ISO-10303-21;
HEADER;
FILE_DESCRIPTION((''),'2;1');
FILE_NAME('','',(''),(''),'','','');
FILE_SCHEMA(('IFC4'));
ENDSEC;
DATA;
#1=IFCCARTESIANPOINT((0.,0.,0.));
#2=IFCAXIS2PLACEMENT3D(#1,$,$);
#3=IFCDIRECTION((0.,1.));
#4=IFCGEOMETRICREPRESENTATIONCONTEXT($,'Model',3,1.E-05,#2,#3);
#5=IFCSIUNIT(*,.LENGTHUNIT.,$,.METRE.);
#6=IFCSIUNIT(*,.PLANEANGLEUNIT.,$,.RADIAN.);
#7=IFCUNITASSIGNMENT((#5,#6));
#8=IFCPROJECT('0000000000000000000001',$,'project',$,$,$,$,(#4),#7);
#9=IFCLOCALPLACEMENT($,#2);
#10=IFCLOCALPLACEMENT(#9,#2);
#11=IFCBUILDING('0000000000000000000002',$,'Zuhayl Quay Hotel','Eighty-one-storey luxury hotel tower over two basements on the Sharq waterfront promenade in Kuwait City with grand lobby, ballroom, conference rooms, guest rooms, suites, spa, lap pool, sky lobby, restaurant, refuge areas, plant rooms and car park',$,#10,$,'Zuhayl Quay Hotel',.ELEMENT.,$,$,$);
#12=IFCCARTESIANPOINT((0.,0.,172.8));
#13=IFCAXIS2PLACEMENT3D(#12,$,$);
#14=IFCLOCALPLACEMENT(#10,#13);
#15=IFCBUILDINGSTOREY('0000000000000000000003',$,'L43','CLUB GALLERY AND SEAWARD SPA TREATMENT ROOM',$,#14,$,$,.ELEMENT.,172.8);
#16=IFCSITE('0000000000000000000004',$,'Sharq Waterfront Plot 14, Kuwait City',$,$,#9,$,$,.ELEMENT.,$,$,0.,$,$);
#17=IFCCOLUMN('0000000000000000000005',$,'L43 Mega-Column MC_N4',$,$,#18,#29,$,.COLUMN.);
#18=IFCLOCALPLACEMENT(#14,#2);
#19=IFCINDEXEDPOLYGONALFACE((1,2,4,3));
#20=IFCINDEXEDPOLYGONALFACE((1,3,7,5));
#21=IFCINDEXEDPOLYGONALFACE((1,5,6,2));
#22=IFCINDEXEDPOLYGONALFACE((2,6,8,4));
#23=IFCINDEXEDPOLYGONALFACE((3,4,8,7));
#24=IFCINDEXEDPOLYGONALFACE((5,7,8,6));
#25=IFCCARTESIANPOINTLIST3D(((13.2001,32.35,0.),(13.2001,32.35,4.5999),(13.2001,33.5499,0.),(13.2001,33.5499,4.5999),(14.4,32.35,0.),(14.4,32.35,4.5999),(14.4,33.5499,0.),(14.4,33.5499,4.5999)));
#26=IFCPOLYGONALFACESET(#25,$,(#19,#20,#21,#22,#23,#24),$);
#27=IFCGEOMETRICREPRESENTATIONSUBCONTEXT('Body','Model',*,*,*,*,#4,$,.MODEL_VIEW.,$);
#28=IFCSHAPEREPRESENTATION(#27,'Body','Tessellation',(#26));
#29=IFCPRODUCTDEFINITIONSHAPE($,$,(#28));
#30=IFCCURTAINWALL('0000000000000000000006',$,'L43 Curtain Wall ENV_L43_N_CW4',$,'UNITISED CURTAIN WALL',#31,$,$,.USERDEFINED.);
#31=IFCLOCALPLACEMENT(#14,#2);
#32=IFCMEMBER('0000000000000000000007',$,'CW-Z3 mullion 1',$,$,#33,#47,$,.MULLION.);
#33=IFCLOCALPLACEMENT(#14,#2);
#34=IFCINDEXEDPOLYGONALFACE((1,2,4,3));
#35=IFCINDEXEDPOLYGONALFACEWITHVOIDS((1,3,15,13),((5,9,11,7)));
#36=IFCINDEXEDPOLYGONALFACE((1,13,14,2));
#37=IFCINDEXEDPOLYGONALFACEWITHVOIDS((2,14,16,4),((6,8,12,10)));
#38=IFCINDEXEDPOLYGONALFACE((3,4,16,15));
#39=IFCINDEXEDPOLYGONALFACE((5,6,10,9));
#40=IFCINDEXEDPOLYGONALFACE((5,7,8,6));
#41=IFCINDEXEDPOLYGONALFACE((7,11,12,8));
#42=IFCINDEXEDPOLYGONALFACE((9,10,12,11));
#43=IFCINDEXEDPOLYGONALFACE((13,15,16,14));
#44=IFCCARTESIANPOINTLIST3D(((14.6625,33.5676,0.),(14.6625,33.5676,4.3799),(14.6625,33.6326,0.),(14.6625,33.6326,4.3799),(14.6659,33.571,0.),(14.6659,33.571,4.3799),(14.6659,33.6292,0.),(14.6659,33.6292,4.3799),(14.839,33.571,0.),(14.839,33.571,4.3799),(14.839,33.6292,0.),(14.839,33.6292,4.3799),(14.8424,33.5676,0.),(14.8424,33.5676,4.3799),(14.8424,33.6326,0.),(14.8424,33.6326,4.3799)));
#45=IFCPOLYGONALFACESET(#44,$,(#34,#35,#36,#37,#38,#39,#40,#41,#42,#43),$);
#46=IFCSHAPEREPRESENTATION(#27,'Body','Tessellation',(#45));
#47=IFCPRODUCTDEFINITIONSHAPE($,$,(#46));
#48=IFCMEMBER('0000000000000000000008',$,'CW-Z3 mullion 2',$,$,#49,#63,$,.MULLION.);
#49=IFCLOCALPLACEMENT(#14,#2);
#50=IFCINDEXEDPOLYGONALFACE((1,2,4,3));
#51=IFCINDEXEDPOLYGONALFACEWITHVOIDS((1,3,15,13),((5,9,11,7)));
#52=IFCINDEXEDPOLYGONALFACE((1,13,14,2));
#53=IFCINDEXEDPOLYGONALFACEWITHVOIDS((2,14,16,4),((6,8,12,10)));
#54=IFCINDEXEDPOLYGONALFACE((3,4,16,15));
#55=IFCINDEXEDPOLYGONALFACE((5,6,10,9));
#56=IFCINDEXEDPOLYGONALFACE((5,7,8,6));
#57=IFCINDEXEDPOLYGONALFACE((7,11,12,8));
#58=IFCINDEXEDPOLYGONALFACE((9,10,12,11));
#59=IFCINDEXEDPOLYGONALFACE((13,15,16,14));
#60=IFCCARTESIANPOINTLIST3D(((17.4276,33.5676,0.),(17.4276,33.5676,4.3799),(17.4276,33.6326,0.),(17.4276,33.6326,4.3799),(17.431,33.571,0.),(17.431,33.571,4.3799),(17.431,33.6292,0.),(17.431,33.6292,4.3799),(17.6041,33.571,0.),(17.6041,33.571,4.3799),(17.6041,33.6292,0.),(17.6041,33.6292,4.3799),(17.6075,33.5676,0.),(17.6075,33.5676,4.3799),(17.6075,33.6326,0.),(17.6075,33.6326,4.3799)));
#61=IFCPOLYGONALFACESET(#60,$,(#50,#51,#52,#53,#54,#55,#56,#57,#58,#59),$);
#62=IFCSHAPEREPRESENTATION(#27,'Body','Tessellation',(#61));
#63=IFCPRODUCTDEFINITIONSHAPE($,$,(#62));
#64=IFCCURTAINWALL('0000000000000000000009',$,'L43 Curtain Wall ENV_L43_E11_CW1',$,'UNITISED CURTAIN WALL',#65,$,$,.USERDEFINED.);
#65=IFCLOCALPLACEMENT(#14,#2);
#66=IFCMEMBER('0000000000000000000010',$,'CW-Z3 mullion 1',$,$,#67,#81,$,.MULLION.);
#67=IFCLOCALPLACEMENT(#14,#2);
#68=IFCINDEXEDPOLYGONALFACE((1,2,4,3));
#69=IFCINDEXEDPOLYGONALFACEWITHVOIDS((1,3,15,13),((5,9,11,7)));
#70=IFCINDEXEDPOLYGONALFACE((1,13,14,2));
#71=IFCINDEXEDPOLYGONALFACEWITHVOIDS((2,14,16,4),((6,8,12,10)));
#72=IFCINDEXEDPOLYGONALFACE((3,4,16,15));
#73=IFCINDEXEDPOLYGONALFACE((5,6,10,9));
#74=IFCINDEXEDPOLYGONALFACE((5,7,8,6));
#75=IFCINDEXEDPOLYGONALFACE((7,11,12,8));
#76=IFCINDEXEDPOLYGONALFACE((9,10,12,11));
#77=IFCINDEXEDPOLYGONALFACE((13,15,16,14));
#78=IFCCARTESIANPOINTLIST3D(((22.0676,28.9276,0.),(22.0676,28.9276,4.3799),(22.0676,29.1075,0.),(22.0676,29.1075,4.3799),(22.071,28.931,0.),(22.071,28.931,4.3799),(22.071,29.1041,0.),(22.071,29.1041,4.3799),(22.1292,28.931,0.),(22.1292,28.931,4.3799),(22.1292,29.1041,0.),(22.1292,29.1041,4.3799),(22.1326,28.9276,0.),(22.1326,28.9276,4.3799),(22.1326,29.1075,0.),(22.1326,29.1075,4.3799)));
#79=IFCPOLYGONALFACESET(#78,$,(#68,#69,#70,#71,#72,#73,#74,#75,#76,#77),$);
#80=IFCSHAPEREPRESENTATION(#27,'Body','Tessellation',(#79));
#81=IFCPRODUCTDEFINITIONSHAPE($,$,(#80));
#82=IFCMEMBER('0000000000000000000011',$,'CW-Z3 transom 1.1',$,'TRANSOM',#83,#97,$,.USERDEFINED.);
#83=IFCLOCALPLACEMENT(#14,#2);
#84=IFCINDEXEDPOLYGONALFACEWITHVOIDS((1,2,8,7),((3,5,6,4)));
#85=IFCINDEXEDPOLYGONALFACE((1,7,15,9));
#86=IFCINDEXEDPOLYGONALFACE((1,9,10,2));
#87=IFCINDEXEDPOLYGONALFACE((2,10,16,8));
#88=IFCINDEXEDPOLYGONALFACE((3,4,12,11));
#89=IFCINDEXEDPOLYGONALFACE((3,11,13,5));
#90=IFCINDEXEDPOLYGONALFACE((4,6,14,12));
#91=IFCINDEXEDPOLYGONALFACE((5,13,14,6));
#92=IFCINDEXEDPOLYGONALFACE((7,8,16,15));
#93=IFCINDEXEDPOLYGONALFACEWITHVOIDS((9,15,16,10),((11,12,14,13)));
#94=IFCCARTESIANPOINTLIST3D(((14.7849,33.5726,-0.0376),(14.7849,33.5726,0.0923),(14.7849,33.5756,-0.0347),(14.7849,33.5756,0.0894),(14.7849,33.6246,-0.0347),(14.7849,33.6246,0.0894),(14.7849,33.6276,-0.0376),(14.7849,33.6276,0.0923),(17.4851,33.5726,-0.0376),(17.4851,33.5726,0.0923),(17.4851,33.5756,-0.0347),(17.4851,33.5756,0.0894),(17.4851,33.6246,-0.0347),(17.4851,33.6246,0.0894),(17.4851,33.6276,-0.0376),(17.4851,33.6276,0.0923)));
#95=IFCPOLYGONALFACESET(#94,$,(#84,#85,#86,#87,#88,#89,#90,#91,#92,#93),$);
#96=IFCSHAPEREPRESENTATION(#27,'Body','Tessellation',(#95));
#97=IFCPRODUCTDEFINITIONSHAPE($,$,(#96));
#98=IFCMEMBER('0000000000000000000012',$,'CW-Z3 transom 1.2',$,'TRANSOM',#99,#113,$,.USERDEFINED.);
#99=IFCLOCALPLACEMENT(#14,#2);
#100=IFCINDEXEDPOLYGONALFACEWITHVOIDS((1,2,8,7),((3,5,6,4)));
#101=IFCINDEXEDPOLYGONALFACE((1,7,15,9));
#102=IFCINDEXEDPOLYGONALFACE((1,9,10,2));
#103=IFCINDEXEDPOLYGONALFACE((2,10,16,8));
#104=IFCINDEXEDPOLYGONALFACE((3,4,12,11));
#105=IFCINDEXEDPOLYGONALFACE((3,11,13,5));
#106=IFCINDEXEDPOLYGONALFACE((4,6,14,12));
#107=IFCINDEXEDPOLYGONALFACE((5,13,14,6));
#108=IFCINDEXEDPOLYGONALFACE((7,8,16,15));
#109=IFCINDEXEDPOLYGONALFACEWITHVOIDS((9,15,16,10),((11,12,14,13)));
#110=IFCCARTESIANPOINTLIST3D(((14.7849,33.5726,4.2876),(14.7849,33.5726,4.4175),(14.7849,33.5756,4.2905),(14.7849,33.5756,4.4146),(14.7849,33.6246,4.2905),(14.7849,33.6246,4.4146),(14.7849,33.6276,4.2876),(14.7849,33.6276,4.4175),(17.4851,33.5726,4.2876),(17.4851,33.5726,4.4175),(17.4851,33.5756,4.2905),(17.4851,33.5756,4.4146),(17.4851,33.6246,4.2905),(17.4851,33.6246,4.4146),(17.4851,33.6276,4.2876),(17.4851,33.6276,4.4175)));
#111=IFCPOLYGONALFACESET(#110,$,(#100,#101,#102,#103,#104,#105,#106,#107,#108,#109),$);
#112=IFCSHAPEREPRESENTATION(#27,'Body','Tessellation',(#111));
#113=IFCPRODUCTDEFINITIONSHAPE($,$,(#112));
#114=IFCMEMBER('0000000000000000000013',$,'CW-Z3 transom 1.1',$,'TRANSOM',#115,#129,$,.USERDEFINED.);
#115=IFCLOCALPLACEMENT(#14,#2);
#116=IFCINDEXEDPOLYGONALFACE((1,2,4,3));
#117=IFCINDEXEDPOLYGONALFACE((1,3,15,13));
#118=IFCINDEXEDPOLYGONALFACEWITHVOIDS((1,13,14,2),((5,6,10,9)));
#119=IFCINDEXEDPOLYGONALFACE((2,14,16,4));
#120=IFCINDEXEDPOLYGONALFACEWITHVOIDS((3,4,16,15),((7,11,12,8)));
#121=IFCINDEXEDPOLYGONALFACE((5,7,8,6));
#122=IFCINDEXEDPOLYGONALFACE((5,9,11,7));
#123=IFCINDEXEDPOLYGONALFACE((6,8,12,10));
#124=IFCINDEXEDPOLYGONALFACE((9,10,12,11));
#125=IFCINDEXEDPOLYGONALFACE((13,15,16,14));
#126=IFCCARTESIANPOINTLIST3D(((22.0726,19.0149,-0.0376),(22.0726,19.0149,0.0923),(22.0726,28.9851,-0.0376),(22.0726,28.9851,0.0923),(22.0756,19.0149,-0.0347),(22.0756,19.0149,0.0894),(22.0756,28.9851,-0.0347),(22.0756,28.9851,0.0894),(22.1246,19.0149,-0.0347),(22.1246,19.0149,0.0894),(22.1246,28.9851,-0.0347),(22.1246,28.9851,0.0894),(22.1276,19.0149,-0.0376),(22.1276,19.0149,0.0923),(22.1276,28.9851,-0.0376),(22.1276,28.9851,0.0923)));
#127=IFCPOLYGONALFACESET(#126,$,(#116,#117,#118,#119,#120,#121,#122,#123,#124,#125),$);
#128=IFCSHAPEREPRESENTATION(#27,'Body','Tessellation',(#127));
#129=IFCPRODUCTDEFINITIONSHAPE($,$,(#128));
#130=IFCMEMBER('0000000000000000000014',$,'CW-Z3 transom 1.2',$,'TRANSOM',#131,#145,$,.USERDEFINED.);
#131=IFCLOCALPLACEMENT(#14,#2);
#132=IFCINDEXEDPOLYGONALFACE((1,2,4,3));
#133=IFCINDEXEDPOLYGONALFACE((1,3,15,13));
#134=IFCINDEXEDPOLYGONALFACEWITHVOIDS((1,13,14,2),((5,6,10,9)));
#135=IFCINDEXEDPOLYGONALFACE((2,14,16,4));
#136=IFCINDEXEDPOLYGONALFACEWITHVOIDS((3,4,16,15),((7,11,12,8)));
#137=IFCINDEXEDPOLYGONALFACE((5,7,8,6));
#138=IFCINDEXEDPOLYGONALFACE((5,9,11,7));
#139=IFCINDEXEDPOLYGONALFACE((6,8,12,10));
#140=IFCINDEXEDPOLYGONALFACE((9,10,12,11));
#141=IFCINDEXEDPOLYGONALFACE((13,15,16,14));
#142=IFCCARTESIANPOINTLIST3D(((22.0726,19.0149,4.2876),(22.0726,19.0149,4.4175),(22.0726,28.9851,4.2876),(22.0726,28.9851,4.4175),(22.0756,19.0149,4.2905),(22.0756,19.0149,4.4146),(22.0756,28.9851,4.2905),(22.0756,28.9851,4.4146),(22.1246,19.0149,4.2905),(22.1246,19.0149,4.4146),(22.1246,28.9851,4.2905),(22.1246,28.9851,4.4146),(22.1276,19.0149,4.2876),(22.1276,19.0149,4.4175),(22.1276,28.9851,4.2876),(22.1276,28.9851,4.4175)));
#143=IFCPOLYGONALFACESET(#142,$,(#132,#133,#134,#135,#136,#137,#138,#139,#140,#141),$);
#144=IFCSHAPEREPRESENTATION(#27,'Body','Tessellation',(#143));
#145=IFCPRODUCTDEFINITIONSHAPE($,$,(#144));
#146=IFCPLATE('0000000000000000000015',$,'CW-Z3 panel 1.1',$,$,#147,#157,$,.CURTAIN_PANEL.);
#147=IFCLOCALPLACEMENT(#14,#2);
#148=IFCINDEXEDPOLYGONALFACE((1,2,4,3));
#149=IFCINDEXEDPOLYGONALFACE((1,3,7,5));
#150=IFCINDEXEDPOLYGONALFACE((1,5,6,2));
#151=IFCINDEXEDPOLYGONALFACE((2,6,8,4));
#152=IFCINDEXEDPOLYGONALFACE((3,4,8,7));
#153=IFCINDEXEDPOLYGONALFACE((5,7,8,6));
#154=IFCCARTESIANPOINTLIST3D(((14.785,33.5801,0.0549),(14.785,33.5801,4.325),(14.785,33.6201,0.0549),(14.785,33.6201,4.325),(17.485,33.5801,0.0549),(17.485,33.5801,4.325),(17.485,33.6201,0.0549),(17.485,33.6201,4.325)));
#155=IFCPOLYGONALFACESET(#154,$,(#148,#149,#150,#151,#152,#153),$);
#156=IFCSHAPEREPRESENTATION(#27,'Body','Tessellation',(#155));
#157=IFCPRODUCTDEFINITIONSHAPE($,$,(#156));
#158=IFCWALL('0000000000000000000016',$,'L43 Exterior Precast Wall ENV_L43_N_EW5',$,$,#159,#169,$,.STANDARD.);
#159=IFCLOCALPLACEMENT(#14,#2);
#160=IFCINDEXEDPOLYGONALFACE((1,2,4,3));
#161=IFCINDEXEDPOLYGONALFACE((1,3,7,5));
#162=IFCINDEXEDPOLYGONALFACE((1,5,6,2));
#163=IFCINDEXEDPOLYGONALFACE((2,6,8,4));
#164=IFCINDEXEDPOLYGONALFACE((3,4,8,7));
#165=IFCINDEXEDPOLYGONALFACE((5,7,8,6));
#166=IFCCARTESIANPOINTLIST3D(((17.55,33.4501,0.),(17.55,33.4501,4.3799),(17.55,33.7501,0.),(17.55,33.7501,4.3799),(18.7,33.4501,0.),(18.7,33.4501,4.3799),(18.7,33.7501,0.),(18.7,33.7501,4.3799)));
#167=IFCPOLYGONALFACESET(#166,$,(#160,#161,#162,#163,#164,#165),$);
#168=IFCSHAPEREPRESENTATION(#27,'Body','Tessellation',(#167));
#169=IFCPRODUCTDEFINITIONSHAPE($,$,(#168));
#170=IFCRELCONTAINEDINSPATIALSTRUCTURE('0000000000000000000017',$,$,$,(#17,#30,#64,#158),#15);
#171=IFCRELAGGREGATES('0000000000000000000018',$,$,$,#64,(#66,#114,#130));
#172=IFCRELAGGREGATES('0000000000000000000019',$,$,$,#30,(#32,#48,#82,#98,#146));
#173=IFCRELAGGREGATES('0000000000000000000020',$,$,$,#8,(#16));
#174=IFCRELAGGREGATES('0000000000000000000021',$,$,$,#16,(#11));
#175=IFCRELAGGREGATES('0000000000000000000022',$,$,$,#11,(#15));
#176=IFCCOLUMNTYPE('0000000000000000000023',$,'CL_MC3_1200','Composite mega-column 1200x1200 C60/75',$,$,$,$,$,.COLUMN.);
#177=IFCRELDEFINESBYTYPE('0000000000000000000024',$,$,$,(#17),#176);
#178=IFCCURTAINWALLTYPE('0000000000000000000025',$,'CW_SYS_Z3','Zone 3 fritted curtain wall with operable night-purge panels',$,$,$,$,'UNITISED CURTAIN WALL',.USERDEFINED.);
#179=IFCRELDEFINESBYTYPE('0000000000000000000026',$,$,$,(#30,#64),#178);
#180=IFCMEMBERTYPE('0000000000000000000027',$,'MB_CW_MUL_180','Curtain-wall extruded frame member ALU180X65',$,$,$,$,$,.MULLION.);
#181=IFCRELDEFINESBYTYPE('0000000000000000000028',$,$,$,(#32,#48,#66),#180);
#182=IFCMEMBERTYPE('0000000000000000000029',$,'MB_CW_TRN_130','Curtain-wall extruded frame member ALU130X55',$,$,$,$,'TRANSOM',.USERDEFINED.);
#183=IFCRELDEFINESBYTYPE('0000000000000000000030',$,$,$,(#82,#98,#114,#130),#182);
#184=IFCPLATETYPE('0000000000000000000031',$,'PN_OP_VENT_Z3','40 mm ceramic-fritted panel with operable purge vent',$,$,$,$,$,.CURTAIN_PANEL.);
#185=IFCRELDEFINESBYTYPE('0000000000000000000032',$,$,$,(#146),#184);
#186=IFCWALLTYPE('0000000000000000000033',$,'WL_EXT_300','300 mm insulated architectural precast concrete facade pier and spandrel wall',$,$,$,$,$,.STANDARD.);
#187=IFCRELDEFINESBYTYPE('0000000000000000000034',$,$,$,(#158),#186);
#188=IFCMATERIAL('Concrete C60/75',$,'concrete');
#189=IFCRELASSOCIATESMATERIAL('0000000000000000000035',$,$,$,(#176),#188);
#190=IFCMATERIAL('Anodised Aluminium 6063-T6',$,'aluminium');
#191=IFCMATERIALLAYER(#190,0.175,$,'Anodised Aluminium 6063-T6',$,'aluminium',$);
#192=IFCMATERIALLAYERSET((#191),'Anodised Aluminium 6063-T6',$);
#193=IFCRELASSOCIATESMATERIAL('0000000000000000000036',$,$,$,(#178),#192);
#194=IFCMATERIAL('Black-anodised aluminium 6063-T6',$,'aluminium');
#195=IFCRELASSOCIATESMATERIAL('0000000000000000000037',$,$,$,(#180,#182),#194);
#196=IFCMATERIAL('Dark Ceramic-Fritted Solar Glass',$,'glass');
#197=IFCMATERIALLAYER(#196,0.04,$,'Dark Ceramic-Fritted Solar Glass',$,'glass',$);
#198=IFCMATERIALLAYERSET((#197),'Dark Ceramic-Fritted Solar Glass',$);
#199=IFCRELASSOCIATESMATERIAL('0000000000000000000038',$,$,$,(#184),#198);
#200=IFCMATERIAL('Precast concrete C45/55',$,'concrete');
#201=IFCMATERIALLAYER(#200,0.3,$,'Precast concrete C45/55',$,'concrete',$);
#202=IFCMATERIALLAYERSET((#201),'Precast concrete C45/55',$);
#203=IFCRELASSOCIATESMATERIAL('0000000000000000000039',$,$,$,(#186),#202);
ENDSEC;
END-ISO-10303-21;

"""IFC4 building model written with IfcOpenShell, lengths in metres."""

from ifc_helpers import new_model, si_unit, direction, frame, frame_2d, origin, origin_2d, place, context, subcontext, project, spatial, rectangle, hollow_rectangle, extrude, material, layer, layer_set, material_profile, profile_set, type_object, element, aggregate, save


model = new_model("IFC4")

# Units and contexts
model_context = context("Model", 3, precision=1e-05, world=origin(), true_north=direction((0.0, 1.0)))
body_context = subcontext(model_context, "Body", "Model", "MODEL_VIEW")
ifc_project = project(units=[si_unit("LENGTHUNIT", "METRE"), si_unit("PLANEANGLEUNIT", "RADIAN")], contexts=[model_context])

# Site, building, storey
site_placement = place(None, origin())
site = spatial("IfcSite", under=ifc_project, at=site_placement, Name="Sharq Waterfront Plot 14, Kuwait City", CompositionType="ELEMENT", RefElevation=0.0)
building_placement = place(site_placement, origin())
building = spatial("IfcBuilding", under=site, at=building_placement, Name="Zuhayl Quay Hotel", Description="Eighty-one-storey luxury hotel tower over two basements on the Sharq waterfront promenade in Kuwait City with grand lobby, ballroom, conference rooms, guest rooms, suites, spa, lap pool, sky lobby, restaurant, refuge areas, plant rooms and car park", LongName="Zuhayl Quay Hotel", CompositionType="ELEMENT")
storey_placement = place(building_placement, frame((0.0, 0.0, 172.8)))
storey = spatial("IfcBuildingStorey", under=building, at=storey_placement, Name="L43", Description="CLUB GALLERY AND SEAWARD SPA TREATMENT ROOM", CompositionType="ELEMENT", Elevation=172.8)

# Column
ifc_material_1 = material(Name="Concrete C60/75", Category="concrete")
ifc_material_profile_1 = material_profile(ifc_material_1, rectangle(XDim=1.2, YDim=1.2, at=origin_2d()), Name="RC1200X1200")
ifc_profile_set_1 = profile_set([ifc_material_profile_1], Name="Concrete C60/75")
column_type = type_object("IfcColumnType", Name="CL_MC3_1200", Description="Composite mega-column 1200x1200 C60/75", PredefinedType="COLUMN", material=ifc_profile_set_1)
column_placement = place(storey_placement, frame((13.8, 32.95, 0.0), z_axis=(0.0, 0.0, 1.0), x_axis=(1.0, 0.0, 0.0)))
element("IfcColumn", 1, at=column_placement, inside=storey, type_object=column_type, Name="L43 Mega-Column MC_N4", PredefinedType="COLUMN", context=body_context, shape_type="SweptSolid", body=[
    extrude(rectangle(XDim=1.2, YDim=1.2, at=origin_2d()), origin(), (0.0, 0.0, 1.0), 4.5999),
])

# Curtain wall, members
ifc_material_2 = material(Name="Anodised Aluminium 6063-T6", Category="aluminium")
ifc_layer_1 = layer(ifc_material_2, 0.175, Name="Anodised Aluminium 6063-T6", Category="aluminium")
ifc_layer_set_1 = layer_set([ifc_layer_1], Name="Anodised Aluminium 6063-T6")
curtain_wall_type = type_object("IfcCurtainWallType", Name="CW_SYS_Z3", Description="Zone 3 fritted curtain wall with operable night-purge panels", ElementType="UNITISED CURTAIN WALL", PredefinedType="USERDEFINED", material=ifc_layer_set_1)
curtain_wall_1_placement = place(storey_placement, origin())
curtain_wall_1 = element("IfcCurtainWall", 2, at=curtain_wall_1_placement, inside=storey, type_object=curtain_wall_type, Name="L43 Curtain Wall ENV_L43_N_CW4", ObjectType="UNITISED CURTAIN WALL", PredefinedType="USERDEFINED")
ifc_material_3 = material(Name="Black-anodised aluminium 6063-T6", Category="aluminium")
ifc_material_profile_2 = material_profile(ifc_material_3, hollow_rectangle(XDim=0.0649, YDim=0.1799, WallThickness=0.0034, at=origin_2d()), Name="ALU180X65")
ifc_profile_set_2 = profile_set([ifc_material_profile_2], Name="Black-anodised aluminium 6063-T6")
member_type_1 = type_object("IfcMemberType", Name="MB_CW_MUL_180", Description="Curtain-wall extruded frame member ALU180X65", PredefinedType="MULLION", material=ifc_profile_set_2)
member_1_placement = place(storey_placement, frame((14.7524, 33.6001, 0.0), z_axis=(0.0, 0.0, 1.0), x_axis=(0.0, 1.0, 0.0)))
member_1 = element("IfcMember", 3, at=member_1_placement, type_object=member_type_1, Name="CW-Z3 mullion 1", PredefinedType="MULLION", context=body_context, shape_type="SweptSolid", body=[
    extrude(hollow_rectangle(XDim=0.0649, YDim=0.1799, WallThickness=0.0034, at=origin_2d()), origin(), (0.0, 0.0, 1.0), 4.3799),
])
member_2_placement = place(storey_placement, frame((17.5176, 33.6001, 0.0), z_axis=(0.0, 0.0, 1.0), x_axis=(0.0, 1.0, 0.0)))
member_2 = element("IfcMember", 4, at=member_2_placement, type_object=member_type_1, Name="CW-Z3 mullion 2", PredefinedType="MULLION", context=body_context, shape_type="SweptSolid", body=[
    extrude(hollow_rectangle(XDim=0.0649, YDim=0.1799, WallThickness=0.0034, at=origin_2d()), origin(), (0.0, 0.0, 1.0), 4.3799),
])

# Curtain wall, member
curtain_wall_2_placement = place(storey_placement, origin())
curtain_wall_2 = element("IfcCurtainWall", 5, at=curtain_wall_2_placement, inside=storey, type_object=curtain_wall_type, Name="L43 Curtain Wall ENV_L43_E11_CW1", ObjectType="UNITISED CURTAIN WALL", PredefinedType="USERDEFINED")
member_3_placement = place(storey_placement, frame((22.1001, 29.0176, 0.0), z_axis=(0.0, 0.0, 1.0), x_axis=(1.0, 0.0, 0.0)))
member_3 = element("IfcMember", 6, at=member_3_placement, type_object=member_type_1, Name="CW-Z3 mullion 1", PredefinedType="MULLION", context=body_context, shape_type="SweptSolid", body=[
    extrude(hollow_rectangle(XDim=0.0649, YDim=0.1799, WallThickness=0.0034, at=origin_2d()), origin(), (0.0, 0.0, 1.0), 4.3799),
])

# Members
ifc_material_profile_3 = material_profile(ifc_material_3, hollow_rectangle(XDim=0.0549, YDim=0.1299, WallThickness=0.0029, at=origin_2d()), Name="ALU130X55")
ifc_profile_set_3 = profile_set([ifc_material_profile_3], Name="Black-anodised aluminium 6063-T6")
member_type_2 = type_object("IfcMemberType", Name="MB_CW_TRN_130", Description="Curtain-wall extruded frame member ALU130X55", ElementType="TRANSOM", PredefinedType="USERDEFINED", material=ifc_profile_set_3)
member_4_placement = place(storey_placement, frame((14.7849, 33.6001, 0.0273), z_axis=(1.0, 0.0, 0.0), x_axis=(0.0, 1.0, 0.0)))
member_4 = element("IfcMember", 7, at=member_4_placement, type_object=member_type_2, Name="CW-Z3 transom 1.1", ObjectType="TRANSOM", PredefinedType="USERDEFINED", context=body_context, shape_type="SweptSolid", body=[
    extrude(hollow_rectangle(XDim=0.0549, YDim=0.1299, WallThickness=0.0029, at=origin_2d()), origin(), (0.0, 0.0, 1.0), 2.7002),
])
member_5_placement = place(storey_placement, frame((14.7849, 33.6001, 4.3525), z_axis=(1.0, 0.0, 0.0), x_axis=(0.0, 1.0, 0.0)))
member_5 = element("IfcMember", 8, at=member_5_placement, type_object=member_type_2, Name="CW-Z3 transom 1.2", ObjectType="TRANSOM", PredefinedType="USERDEFINED", context=body_context, shape_type="SweptSolid", body=[
    extrude(hollow_rectangle(XDim=0.0549, YDim=0.1299, WallThickness=0.0029, at=origin_2d()), origin(), (0.0, 0.0, 1.0), 2.7002),
])
member_6_placement = place(storey_placement, frame((22.1001, 28.9851, 0.0273), z_axis=(0.0, -1.0, 0.0), x_axis=(1.0, 0.0, 0.0)))
member_6 = element("IfcMember", 9, at=member_6_placement, type_object=member_type_2, Name="CW-Z3 transom 1.1", ObjectType="TRANSOM", PredefinedType="USERDEFINED", context=body_context, shape_type="SweptSolid", body=[
    extrude(hollow_rectangle(XDim=0.0549, YDim=0.1299, WallThickness=0.0029, at=origin_2d()), origin(), (0.0, 0.0, 1.0), 9.9702),
])
member_7_placement = place(storey_placement, frame((22.1001, 28.9851, 4.3525), z_axis=(0.0, -1.0, 0.0), x_axis=(1.0, 0.0, 0.0)))
member_7 = element("IfcMember", 10, at=member_7_placement, type_object=member_type_2, Name="CW-Z3 transom 1.2", ObjectType="TRANSOM", PredefinedType="USERDEFINED", context=body_context, shape_type="SweptSolid", body=[
    extrude(hollow_rectangle(XDim=0.0549, YDim=0.1299, WallThickness=0.0029, at=origin_2d()), origin(), (0.0, 0.0, 1.0), 9.9702),
])
aggregate(curtain_wall_2, [member_3, member_6, member_7])

# Plate
ifc_material_4 = material(Name="Dark Ceramic-Fritted Solar Glass", Category="glass")
ifc_layer_2 = layer(ifc_material_4, 0.04, Name="Dark Ceramic-Fritted Solar Glass", Category="glass")
ifc_layer_set_2 = layer_set([ifc_layer_2], Name="Dark Ceramic-Fritted Solar Glass")
plate_type = type_object("IfcPlateType", Name="PN_OP_VENT_Z3", Description="40 mm ceramic-fritted panel with operable purge vent", PredefinedType="CURTAIN_PANEL", material=ifc_layer_set_2)
plate_placement = place(storey_placement, frame((16.135, 33.6001, 0.0549), z_axis=(0.0, 0.0, 1.0), x_axis=(1.0, 0.0, 0.0)))
plate = element("IfcPlate", 11, at=plate_placement, type_object=plate_type, Name="CW-Z3 panel 1.1", PredefinedType="CURTAIN_PANEL", context=body_context, shape_type="SweptSolid", body=[
    extrude(rectangle(XDim=2.7, YDim=0.04, at=origin_2d()), origin(), (0.0, 0.0, 1.0), 4.27),
])
aggregate(curtain_wall_1, [member_1, member_2, member_4, member_5, plate])

# Wall
ifc_material_5 = material(Name="Precast concrete C45/55", Category="concrete")
ifc_layer_3 = layer(ifc_material_5, 0.3, Name="Precast concrete C45/55", Category="concrete")
ifc_layer_set_3 = layer_set([ifc_layer_3], Name="Precast concrete C45/55")
wall_type_1 = type_object("IfcWallType", Name="WL_EXT_300", Description="300 mm insulated architectural precast concrete facade pier and spandrel wall", PredefinedType="STANDARD", material=ifc_layer_set_3)
wall_1_placement = place(storey_placement, frame((17.55, 33.6001, 0.0), z_axis=(0.0, 0.0, 1.0), x_axis=(1.0, 0.0, 0.0)))
element("IfcWall", 12, at=wall_1_placement, inside=storey, type_object=wall_type_1, Name="L43 Exterior Precast Wall ENV_L43_N_EW5", PredefinedType="STANDARD", context=body_context, shape_type="SweptSolid", body=[
    extrude(rectangle(XDim=1.1499, YDim=0.3, at=frame_2d((0.575, 0.0))), origin(), (0.0, 0.0, 1.0), 4.3799),
])

save(model, "model.ifc")
